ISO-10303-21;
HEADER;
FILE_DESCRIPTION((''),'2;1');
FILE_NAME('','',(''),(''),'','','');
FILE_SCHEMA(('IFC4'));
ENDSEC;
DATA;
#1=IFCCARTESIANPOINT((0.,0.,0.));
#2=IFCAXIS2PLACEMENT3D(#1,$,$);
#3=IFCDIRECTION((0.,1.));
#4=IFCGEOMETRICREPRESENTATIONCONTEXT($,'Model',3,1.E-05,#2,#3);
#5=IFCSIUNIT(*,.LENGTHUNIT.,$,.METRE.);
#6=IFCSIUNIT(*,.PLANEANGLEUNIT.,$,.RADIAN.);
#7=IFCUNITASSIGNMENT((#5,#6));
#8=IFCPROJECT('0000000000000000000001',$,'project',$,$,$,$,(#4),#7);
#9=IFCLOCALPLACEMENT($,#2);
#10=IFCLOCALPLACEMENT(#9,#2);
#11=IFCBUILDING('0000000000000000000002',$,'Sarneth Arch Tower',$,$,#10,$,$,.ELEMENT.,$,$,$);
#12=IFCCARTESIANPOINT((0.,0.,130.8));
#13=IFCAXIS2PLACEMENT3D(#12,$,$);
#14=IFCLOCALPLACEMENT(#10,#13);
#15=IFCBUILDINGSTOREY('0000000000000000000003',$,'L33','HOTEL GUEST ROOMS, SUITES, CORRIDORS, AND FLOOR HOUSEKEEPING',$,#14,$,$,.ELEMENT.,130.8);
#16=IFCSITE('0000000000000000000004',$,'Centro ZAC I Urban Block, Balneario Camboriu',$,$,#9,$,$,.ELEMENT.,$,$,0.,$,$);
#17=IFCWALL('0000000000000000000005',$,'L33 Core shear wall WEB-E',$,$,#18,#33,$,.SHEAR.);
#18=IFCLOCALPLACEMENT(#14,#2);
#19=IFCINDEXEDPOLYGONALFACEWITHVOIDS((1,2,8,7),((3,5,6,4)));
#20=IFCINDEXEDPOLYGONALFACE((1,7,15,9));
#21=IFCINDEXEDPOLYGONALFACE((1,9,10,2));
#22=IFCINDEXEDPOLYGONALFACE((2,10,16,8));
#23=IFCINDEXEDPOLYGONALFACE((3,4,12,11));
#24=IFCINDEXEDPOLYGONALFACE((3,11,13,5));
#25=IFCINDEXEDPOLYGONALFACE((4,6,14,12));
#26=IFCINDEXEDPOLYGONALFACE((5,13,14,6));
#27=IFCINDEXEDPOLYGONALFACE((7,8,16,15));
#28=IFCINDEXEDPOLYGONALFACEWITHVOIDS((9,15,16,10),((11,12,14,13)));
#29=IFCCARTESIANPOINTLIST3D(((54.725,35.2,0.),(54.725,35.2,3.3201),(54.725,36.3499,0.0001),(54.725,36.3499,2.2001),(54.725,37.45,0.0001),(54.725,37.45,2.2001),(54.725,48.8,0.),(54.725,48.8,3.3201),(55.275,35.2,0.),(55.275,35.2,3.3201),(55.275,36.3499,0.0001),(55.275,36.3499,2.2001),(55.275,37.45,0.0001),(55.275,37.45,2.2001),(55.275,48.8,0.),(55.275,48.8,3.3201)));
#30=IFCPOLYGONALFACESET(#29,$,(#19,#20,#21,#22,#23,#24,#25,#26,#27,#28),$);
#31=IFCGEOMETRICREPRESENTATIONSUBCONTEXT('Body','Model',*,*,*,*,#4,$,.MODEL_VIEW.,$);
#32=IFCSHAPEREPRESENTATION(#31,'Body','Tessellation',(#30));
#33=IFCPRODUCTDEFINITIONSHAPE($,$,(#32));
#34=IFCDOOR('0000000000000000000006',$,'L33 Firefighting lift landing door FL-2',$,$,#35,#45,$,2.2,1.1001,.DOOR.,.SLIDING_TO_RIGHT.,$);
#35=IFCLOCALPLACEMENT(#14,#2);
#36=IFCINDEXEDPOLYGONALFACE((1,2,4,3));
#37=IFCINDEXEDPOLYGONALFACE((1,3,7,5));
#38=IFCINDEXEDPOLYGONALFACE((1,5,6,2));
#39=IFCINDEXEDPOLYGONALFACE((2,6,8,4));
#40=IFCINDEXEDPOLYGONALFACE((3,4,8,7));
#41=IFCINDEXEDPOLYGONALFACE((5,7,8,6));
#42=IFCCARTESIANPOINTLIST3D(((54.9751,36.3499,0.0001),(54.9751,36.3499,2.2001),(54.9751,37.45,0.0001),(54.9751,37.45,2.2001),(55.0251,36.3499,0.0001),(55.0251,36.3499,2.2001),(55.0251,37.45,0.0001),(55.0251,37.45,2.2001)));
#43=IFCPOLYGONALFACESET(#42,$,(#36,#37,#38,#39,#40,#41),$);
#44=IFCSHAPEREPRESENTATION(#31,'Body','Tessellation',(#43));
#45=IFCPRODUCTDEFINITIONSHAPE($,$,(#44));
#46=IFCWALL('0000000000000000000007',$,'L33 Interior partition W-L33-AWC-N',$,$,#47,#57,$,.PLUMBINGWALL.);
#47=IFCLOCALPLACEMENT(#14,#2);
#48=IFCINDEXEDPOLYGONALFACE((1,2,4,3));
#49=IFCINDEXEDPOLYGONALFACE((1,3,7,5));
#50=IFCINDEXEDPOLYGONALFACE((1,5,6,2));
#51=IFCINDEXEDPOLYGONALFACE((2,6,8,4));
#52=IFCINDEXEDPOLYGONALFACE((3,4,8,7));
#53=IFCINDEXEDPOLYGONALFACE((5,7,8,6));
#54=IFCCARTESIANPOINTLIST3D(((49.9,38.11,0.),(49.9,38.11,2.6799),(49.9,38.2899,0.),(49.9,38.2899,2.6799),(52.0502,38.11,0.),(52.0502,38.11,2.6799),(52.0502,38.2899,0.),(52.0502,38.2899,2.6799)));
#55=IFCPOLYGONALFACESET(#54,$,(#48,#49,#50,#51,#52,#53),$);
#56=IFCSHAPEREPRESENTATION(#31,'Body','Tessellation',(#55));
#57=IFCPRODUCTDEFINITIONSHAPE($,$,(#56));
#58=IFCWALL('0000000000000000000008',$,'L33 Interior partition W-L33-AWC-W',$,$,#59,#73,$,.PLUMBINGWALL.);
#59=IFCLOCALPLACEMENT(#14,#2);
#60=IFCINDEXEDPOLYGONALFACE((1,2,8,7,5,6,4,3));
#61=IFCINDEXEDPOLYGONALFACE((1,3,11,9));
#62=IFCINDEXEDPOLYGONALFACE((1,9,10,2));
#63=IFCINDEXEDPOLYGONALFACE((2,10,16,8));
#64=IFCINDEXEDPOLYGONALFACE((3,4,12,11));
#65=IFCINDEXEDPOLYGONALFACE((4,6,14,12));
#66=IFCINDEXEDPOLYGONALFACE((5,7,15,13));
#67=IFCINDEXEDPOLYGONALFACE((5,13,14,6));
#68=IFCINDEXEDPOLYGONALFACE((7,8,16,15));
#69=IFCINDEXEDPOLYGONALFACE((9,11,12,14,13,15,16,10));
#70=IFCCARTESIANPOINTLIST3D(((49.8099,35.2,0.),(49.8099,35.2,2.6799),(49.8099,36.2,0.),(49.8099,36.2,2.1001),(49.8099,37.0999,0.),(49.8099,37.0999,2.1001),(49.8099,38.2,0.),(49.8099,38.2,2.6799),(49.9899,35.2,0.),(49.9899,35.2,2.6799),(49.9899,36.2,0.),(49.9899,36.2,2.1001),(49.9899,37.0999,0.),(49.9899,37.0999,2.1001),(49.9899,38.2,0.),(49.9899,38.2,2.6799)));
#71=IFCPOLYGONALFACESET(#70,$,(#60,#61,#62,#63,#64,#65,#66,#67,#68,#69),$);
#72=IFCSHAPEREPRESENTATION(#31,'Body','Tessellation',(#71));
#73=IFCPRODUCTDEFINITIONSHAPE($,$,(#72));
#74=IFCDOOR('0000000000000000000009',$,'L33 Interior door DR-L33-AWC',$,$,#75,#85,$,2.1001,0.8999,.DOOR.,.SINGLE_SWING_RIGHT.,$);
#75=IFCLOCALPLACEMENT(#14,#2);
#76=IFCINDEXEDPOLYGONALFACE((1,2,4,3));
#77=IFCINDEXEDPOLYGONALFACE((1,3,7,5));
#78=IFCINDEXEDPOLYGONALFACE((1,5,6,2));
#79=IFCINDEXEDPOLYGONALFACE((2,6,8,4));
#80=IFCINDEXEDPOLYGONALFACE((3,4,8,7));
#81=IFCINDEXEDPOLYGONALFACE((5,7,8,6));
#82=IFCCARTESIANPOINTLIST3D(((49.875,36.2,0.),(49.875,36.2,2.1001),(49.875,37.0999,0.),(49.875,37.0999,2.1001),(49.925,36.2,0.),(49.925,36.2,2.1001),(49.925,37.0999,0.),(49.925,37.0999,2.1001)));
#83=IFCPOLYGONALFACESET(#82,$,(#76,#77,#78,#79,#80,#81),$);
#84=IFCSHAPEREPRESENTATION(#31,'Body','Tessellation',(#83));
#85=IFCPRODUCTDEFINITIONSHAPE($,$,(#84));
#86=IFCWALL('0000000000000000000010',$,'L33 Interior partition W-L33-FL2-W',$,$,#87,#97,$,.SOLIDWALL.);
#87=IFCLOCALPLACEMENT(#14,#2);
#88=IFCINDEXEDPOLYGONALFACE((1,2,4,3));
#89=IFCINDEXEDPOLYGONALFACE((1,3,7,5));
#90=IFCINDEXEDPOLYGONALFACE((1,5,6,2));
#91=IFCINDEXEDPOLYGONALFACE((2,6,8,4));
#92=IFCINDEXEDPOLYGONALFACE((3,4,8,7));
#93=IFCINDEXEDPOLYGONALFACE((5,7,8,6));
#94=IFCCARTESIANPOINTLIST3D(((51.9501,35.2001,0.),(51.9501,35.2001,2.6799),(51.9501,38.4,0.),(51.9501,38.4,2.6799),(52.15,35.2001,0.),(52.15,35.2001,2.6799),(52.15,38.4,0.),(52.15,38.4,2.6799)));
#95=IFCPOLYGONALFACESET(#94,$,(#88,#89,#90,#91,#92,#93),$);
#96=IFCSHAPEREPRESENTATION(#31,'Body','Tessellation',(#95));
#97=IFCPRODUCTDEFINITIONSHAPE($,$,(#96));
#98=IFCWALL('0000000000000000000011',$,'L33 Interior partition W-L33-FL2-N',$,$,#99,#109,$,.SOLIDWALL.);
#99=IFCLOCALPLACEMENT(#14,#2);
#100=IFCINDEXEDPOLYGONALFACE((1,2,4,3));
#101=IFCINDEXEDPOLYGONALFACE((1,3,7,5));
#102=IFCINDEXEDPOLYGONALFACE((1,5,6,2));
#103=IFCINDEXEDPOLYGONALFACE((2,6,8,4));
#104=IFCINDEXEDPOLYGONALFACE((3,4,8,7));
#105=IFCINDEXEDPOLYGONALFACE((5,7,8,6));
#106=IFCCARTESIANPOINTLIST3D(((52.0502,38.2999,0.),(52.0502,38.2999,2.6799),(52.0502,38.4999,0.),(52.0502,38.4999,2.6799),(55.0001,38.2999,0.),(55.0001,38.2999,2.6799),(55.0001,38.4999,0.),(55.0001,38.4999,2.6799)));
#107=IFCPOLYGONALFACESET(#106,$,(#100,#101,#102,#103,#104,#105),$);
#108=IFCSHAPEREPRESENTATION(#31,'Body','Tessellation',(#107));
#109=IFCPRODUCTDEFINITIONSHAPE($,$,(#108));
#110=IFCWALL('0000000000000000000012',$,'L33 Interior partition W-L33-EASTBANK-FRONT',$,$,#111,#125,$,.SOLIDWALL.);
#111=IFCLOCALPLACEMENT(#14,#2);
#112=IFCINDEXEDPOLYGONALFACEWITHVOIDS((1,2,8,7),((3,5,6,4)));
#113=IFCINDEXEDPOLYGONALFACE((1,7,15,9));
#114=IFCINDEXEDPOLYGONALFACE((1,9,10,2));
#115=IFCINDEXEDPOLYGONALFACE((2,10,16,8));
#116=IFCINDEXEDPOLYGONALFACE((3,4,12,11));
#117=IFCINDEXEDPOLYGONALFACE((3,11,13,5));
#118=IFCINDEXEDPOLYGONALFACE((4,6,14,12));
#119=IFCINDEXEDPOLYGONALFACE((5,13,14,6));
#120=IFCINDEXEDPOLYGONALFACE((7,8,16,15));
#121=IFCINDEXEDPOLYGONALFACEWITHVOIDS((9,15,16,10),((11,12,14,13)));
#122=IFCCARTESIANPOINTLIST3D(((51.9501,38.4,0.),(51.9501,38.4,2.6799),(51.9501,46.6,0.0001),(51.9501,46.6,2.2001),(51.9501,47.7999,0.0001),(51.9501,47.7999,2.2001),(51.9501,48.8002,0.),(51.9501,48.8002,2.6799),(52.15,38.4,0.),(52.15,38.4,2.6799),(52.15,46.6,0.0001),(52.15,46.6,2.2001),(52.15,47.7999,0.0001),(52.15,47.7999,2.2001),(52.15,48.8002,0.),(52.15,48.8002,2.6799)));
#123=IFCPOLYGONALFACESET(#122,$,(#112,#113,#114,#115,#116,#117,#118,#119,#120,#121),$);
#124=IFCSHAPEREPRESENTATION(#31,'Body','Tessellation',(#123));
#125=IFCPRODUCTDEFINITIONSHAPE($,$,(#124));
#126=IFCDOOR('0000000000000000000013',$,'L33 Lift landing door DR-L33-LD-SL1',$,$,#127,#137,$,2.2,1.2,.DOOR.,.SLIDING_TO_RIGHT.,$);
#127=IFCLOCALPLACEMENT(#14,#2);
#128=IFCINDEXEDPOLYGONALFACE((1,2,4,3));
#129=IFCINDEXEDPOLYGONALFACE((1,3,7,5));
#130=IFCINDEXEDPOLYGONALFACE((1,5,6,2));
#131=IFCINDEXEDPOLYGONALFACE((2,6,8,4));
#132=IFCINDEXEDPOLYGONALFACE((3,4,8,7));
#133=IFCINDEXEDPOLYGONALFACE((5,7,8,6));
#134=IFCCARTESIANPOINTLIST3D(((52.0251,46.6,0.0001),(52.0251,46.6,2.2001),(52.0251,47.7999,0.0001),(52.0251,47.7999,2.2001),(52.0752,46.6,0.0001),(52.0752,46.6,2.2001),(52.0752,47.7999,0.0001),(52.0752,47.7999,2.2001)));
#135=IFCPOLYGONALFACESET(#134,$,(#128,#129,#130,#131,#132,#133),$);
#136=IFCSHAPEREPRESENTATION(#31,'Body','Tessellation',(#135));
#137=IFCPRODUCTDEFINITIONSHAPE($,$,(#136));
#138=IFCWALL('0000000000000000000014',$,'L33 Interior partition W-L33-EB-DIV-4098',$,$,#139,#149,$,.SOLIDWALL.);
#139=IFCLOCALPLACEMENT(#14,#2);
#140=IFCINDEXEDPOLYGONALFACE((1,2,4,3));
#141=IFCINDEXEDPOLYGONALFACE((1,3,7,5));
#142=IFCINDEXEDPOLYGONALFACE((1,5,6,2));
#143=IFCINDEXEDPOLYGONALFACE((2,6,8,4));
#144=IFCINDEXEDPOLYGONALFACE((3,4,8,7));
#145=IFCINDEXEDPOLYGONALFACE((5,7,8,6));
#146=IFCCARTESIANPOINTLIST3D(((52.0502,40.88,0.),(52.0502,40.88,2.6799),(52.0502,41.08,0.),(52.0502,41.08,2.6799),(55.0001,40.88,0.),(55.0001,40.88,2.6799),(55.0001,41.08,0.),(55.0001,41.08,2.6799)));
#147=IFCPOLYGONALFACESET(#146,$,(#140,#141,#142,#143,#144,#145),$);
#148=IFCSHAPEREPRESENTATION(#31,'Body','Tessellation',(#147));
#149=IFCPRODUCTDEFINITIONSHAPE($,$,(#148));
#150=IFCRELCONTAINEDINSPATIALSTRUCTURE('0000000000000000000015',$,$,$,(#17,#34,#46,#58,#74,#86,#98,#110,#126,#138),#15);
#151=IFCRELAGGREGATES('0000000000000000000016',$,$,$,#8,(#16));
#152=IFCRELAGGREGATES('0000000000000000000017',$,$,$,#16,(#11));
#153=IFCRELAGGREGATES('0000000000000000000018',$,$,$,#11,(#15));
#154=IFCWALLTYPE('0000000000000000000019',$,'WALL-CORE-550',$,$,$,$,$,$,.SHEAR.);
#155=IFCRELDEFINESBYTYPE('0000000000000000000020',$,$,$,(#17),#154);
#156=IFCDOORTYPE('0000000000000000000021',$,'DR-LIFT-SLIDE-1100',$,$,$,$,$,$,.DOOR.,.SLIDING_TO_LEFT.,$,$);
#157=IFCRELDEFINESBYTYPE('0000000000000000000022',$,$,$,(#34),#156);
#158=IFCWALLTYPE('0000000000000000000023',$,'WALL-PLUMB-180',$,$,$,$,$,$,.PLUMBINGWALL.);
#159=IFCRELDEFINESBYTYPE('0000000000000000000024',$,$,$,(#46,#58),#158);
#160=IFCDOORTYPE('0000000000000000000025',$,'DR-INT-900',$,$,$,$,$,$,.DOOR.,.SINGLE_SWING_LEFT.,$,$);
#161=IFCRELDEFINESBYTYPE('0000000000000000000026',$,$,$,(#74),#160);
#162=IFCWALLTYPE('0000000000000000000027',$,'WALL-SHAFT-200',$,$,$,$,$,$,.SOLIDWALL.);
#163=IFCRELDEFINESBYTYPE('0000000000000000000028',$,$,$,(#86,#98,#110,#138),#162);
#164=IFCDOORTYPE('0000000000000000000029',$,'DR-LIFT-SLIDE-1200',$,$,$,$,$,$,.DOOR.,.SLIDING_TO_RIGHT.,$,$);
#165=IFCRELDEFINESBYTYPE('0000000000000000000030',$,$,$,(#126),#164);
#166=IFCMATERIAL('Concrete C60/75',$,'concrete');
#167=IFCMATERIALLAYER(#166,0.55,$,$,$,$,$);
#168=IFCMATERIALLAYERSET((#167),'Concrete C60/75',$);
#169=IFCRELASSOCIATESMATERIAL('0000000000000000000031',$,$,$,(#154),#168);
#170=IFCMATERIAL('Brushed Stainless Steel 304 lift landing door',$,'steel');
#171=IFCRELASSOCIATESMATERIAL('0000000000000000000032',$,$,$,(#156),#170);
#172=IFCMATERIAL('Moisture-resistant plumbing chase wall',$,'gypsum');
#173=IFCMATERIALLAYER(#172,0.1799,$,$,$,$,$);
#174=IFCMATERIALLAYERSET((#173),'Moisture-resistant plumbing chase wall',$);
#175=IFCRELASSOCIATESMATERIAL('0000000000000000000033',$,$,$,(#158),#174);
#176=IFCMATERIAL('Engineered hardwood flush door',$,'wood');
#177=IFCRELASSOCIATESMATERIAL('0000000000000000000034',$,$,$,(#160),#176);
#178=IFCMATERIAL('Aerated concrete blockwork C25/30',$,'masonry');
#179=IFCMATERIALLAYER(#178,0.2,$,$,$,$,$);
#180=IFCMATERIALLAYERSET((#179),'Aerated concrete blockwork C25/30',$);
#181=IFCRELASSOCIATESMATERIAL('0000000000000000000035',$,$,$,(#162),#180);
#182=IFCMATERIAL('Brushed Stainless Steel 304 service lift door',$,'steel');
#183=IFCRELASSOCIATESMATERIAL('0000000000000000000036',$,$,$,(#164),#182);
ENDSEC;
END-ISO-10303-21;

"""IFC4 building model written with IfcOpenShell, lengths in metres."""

from ifc_helpers import new_model, si_unit, direction, frame, frame_2d, origin, place, context, subcontext, project, spatial, rectangle, extrude, material, layer, layer_set, type_object, element, fill, save


model = new_model("IFC4")

# Units and contexts
model_context = context("Model", 3, precision=1e-05, world=origin(), true_north=direction((0.0, 1.0)))
body_context = subcontext(model_context, "Body", "Model", "MODEL_VIEW")
ifc_project = project(units=[si_unit("LENGTHUNIT", "METRE"), si_unit("PLANEANGLEUNIT", "RADIAN")], contexts=[model_context])

# Site, building, storey
site_placement = place(None, origin())
site = spatial("IfcSite", under=ifc_project, at=site_placement, Name="Centro ZAC I Urban Block, Balneario Camboriu", CompositionType="ELEMENT", RefElevation=0.0)
building_placement = place(site_placement, origin())
building = spatial("IfcBuilding", under=site, at=building_placement, Name="Sarneth Arch Tower", CompositionType="ELEMENT")
storey_placement = place(building_placement, frame((0.0, 0.0, 130.8)))
storey = spatial("IfcBuildingStorey", under=building, at=storey_placement, Name="L33", Description="HOTEL GUEST ROOMS, SUITES, CORRIDORS, AND FLOOR HOUSEKEEPING", CompositionType="ELEMENT", Elevation=130.8)

# Shared definitions
ifc_material_1 = material(Name="Concrete C60/75", Category="concrete")
ifc_layer_1 = layer(ifc_material_1, 0.55)
ifc_layer_set_1 = layer_set([ifc_layer_1], Name="Concrete C60/75")
wall_type_1 = type_object("IfcWallType", Name="WALL-CORE-550", PredefinedType="SHEAR", material=ifc_layer_set_1)

# Wall, opening, door
wall_1_placement = place(storey_placement, frame((55.0, 35.2, 0.0), z_axis=(0.0, 0.0, 1.0), x_axis=(0.0, 1.0, 0.0)))
wall_1 = element("IfcWall", 1, at=wall_1_placement, inside=storey, type_object=wall_type_1, Name="L33 Core shear wall WEB-E", PredefinedType="SHEAR", context=body_context, shape_type="SweptSolid", body=[
    extrude(rectangle(XDim=13.6001, YDim=0.55, at=frame_2d((6.8, 0.0))), origin(), (0.0, 0.0, 1.0), 3.3201),
])
opening_1_placement = place(wall_1_placement, frame((1.1499, 0.0, 0.0)))
opening_1 = element("IfcOpeningElement", 2, at=opening_1_placement, cuts=wall_1, PredefinedType="OPENING", context=body_context, shape_type="SweptSolid", body=[
    extrude(rectangle(XDim=1.1001, YDim=2.2, at=frame_2d((0.55, 1.1001))), frame((0.0, 0.2849, 0.0), z_axis=(0.0, -1.0, 0.0), x_axis=(1.0, 0.0, 0.0)), (0.0, 0.0, 1.0), 0.5701),
])
ifc_material_2 = material(Name="Brushed Stainless Steel 304 lift landing door", Category="steel")
door_type_1 = type_object("IfcDoorType", Name="DR-LIFT-SLIDE-1100", OperationType="SLIDING_TO_LEFT", PredefinedType="DOOR", material=ifc_material_2)
door_1_placement = place(opening_1_placement, origin())
door_1 = element("IfcDoor", 3, at=door_1_placement, inside=storey, type_object=door_type_1, Name="L33 Firefighting lift landing door FL-2", OperationType="SLIDING_TO_RIGHT", OverallHeight=2.2, OverallWidth=1.1001, PredefinedType="DOOR", context=body_context, shape_type="SweptSolid", body=[
    extrude(rectangle(XDim=1.1001, YDim=2.2, at=frame_2d((0.55, 1.1001))), frame((0.0, 0.0249, 0.0), z_axis=(0.0, -1.0, 0.0), x_axis=(1.0, 0.0, 0.0)), (0.0, 0.0, 1.0), 0.05),
])
fill(opening_1, door_1)

# Wall
ifc_material_3 = material(Name="Moisture-resistant plumbing chase wall", Category="gypsum")
ifc_layer_2 = layer(ifc_material_3, 0.1799)
ifc_layer_set_2 = layer_set([ifc_layer_2], Name="Moisture-resistant plumbing chase wall")
wall_type_2 = type_object("IfcWallType", Name="WALL-PLUMB-180", PredefinedType="PLUMBINGWALL", material=ifc_layer_set_2)
wall_2_placement = place(storey_placement, frame((49.8999, 38.2, 0.0), z_axis=(0.0, 0.0, 1.0), x_axis=(1.0, 0.0, 0.0)))
element("IfcWall", 4, at=wall_2_placement, inside=storey, type_object=wall_type_2, Name="L33 Interior partition W-L33-AWC-N", PredefinedType="PLUMBINGWALL", context=body_context, shape_type="SweptSolid", body=[
    extrude(rectangle(XDim=2.1501, YDim=0.1799, at=frame_2d((1.0752, 0.0))), origin(), (0.0, 0.0, 1.0), 2.6799),
])

# Wall, opening, door
wall_3_placement = place(storey_placement, frame((49.8999, 35.2, 0.0), z_axis=(0.0, 0.0, 1.0), x_axis=(0.0, 1.0, 0.0)))
wall_3 = element("IfcWall", 5, at=wall_3_placement, inside=storey, type_object=wall_type_2, Name="L33 Interior partition W-L33-AWC-W", PredefinedType="PLUMBINGWALL", context=body_context, shape_type="SweptSolid", body=[
    extrude(rectangle(XDim=3.0, YDim=0.1799, at=frame_2d((1.5, 0.0))), origin(), (0.0, 0.0, 1.0), 2.6799),
])
opening_2_placement = place(wall_3_placement, frame((1.0, 0.0, 0.0)))
opening_2 = element("IfcOpeningElement", 6, at=opening_2_placement, cuts=wall_3, PredefinedType="OPENING", context=body_context, shape_type="SweptSolid", body=[
    extrude(rectangle(XDim=0.8999, YDim=2.1001, at=frame_2d((0.45, 1.05))), frame((0.0, 0.0999, 0.0), z_axis=(0.0, -1.0, 0.0), x_axis=(1.0, 0.0, 0.0)), (0.0, 0.0, 1.0), 0.2),
])
ifc_material_4 = material(Name="Engineered hardwood flush door", Category="wood")
door_type_2 = type_object("IfcDoorType", Name="DR-INT-900", OperationType="SINGLE_SWING_LEFT", PredefinedType="DOOR", material=ifc_material_4)
door_2_placement = place(opening_2_placement, origin())
door_2 = element("IfcDoor", 7, at=door_2_placement, inside=storey, type_object=door_type_2, Name="L33 Interior door DR-L33-AWC", OperationType="SINGLE_SWING_RIGHT", OverallHeight=2.1001, OverallWidth=0.8999, PredefinedType="DOOR", context=body_context, shape_type="SweptSolid", body=[
    extrude(rectangle(XDim=0.8999, YDim=2.1001, at=frame_2d((0.45, 1.05))), frame((0.0, 0.0249, 0.0), z_axis=(0.0, -1.0, 0.0), x_axis=(1.0, 0.0, 0.0)), (0.0, 0.0, 1.0), 0.05),
])
fill(opening_2, door_2)
ifc_material_5 = material(Name="Aerated concrete blockwork C25/30", Category="masonry")
ifc_layer_3 = layer(ifc_material_5, 0.2)
ifc_layer_set_3 = layer_set([ifc_layer_3], Name="Aerated concrete blockwork C25/30")
wall_type_3 = type_object("IfcWallType", Name="WALL-SHAFT-200", PredefinedType="SOLIDWALL", material=ifc_layer_set_3)

# Walls
wall_4_placement = place(storey_placement, frame((52.05, 35.2, 0.0), z_axis=(0.0, 0.0, 1.0), x_axis=(0.0, 1.0, 0.0)))
element("IfcWall", 8, at=wall_4_placement, inside=storey, type_object=wall_type_3, Name="L33 Interior partition W-L33-FL2-W", PredefinedType="SOLIDWALL", context=body_context, shape_type="SweptSolid", body=[
    extrude(rectangle(XDim=3.2, YDim=0.2, at=frame_2d((1.6001, 0.0))), origin(), (0.0, 0.0, 1.0), 2.6799),
])
wall_5_placement = place(storey_placement, frame((52.05, 38.3999, 0.0), z_axis=(0.0, 0.0, 1.0), x_axis=(1.0, 0.0, 0.0)))
element("IfcWall", 9, at=wall_5_placement, inside=storey, type_object=wall_type_3, Name="L33 Interior partition W-L33-FL2-N", PredefinedType="SOLIDWALL", context=body_context, shape_type="SweptSolid", body=[
    extrude(rectangle(XDim=2.95, YDim=0.2, at=frame_2d((1.4751, 0.0))), origin(), (0.0, 0.0, 1.0), 2.6799),
])

# Wall, opening, door
wall_6_placement = place(storey_placement, frame((52.05, 38.3999, 0.0), z_axis=(0.0, 0.0, 1.0), x_axis=(0.0, 1.0, 0.0)))
wall_6 = element("IfcWall", 10, at=wall_6_placement, inside=storey, type_object=wall_type_3, Name="L33 Interior partition W-L33-EASTBANK-FRONT", PredefinedType="SOLIDWALL", context=body_context, shape_type="SweptSolid", body=[
    extrude(rectangle(XDim=10.4001, YDim=0.2, at=frame_2d((5.2002, 0.0))), origin(), (0.0, 0.0, 1.0), 2.6799),
])
opening_3_placement = place(wall_6_placement, frame((8.2, 0.0, 0.0)))
opening_3 = element("IfcOpeningElement", 11, at=opening_3_placement, cuts=wall_6, PredefinedType="OPENING", context=body_context, shape_type="SweptSolid", body=[
    extrude(rectangle(XDim=1.2, YDim=2.2, at=frame_2d((0.6001, 1.1001))), frame((0.0, 0.1099, 0.0), z_axis=(0.0, -1.0, 0.0), x_axis=(1.0, 0.0, 0.0)), (0.0, 0.0, 1.0), 0.22),
])
ifc_material_6 = material(Name="Brushed Stainless Steel 304 service lift door", Category="steel")
door_type_3 = type_object("IfcDoorType", Name="DR-LIFT-SLIDE-1200", OperationType="SLIDING_TO_RIGHT", PredefinedType="DOOR", material=ifc_material_6)
door_3_placement = place(opening_3_placement, origin())
door_3 = element("IfcDoor", 12, at=door_3_placement, inside=storey, type_object=door_type_3, Name="L33 Lift landing door DR-L33-LD-SL1", OperationType="SLIDING_TO_RIGHT", OverallHeight=2.2, OverallWidth=1.2, PredefinedType="DOOR", context=body_context, shape_type="SweptSolid", body=[
    extrude(rectangle(XDim=1.2, YDim=2.2, at=frame_2d((0.6001, 1.1001))), frame((0.0, 0.0249, 0.0), z_axis=(0.0, -1.0, 0.0), x_axis=(1.0, 0.0, 0.0)), (0.0, 0.0, 1.0), 0.05),
])
fill(opening_3, door_3)

# Wall
wall_7_placement = place(storey_placement, frame((52.05, 40.98, 0.0), z_axis=(0.0, 0.0, 1.0), x_axis=(1.0, 0.0, 0.0)))
element("IfcWall", 13, at=wall_7_placement, inside=storey, type_object=wall_type_3, Name="L33 Interior partition W-L33-EB-DIV-4098", PredefinedType="SOLIDWALL", context=body_context, shape_type="SweptSolid", body=[
    extrude(rectangle(XDim=2.95, YDim=0.2, at=frame_2d((1.4751, 0.0))), origin(), (0.0, 0.0, 1.0), 2.6799),
])

save(model, "model.ifc")
